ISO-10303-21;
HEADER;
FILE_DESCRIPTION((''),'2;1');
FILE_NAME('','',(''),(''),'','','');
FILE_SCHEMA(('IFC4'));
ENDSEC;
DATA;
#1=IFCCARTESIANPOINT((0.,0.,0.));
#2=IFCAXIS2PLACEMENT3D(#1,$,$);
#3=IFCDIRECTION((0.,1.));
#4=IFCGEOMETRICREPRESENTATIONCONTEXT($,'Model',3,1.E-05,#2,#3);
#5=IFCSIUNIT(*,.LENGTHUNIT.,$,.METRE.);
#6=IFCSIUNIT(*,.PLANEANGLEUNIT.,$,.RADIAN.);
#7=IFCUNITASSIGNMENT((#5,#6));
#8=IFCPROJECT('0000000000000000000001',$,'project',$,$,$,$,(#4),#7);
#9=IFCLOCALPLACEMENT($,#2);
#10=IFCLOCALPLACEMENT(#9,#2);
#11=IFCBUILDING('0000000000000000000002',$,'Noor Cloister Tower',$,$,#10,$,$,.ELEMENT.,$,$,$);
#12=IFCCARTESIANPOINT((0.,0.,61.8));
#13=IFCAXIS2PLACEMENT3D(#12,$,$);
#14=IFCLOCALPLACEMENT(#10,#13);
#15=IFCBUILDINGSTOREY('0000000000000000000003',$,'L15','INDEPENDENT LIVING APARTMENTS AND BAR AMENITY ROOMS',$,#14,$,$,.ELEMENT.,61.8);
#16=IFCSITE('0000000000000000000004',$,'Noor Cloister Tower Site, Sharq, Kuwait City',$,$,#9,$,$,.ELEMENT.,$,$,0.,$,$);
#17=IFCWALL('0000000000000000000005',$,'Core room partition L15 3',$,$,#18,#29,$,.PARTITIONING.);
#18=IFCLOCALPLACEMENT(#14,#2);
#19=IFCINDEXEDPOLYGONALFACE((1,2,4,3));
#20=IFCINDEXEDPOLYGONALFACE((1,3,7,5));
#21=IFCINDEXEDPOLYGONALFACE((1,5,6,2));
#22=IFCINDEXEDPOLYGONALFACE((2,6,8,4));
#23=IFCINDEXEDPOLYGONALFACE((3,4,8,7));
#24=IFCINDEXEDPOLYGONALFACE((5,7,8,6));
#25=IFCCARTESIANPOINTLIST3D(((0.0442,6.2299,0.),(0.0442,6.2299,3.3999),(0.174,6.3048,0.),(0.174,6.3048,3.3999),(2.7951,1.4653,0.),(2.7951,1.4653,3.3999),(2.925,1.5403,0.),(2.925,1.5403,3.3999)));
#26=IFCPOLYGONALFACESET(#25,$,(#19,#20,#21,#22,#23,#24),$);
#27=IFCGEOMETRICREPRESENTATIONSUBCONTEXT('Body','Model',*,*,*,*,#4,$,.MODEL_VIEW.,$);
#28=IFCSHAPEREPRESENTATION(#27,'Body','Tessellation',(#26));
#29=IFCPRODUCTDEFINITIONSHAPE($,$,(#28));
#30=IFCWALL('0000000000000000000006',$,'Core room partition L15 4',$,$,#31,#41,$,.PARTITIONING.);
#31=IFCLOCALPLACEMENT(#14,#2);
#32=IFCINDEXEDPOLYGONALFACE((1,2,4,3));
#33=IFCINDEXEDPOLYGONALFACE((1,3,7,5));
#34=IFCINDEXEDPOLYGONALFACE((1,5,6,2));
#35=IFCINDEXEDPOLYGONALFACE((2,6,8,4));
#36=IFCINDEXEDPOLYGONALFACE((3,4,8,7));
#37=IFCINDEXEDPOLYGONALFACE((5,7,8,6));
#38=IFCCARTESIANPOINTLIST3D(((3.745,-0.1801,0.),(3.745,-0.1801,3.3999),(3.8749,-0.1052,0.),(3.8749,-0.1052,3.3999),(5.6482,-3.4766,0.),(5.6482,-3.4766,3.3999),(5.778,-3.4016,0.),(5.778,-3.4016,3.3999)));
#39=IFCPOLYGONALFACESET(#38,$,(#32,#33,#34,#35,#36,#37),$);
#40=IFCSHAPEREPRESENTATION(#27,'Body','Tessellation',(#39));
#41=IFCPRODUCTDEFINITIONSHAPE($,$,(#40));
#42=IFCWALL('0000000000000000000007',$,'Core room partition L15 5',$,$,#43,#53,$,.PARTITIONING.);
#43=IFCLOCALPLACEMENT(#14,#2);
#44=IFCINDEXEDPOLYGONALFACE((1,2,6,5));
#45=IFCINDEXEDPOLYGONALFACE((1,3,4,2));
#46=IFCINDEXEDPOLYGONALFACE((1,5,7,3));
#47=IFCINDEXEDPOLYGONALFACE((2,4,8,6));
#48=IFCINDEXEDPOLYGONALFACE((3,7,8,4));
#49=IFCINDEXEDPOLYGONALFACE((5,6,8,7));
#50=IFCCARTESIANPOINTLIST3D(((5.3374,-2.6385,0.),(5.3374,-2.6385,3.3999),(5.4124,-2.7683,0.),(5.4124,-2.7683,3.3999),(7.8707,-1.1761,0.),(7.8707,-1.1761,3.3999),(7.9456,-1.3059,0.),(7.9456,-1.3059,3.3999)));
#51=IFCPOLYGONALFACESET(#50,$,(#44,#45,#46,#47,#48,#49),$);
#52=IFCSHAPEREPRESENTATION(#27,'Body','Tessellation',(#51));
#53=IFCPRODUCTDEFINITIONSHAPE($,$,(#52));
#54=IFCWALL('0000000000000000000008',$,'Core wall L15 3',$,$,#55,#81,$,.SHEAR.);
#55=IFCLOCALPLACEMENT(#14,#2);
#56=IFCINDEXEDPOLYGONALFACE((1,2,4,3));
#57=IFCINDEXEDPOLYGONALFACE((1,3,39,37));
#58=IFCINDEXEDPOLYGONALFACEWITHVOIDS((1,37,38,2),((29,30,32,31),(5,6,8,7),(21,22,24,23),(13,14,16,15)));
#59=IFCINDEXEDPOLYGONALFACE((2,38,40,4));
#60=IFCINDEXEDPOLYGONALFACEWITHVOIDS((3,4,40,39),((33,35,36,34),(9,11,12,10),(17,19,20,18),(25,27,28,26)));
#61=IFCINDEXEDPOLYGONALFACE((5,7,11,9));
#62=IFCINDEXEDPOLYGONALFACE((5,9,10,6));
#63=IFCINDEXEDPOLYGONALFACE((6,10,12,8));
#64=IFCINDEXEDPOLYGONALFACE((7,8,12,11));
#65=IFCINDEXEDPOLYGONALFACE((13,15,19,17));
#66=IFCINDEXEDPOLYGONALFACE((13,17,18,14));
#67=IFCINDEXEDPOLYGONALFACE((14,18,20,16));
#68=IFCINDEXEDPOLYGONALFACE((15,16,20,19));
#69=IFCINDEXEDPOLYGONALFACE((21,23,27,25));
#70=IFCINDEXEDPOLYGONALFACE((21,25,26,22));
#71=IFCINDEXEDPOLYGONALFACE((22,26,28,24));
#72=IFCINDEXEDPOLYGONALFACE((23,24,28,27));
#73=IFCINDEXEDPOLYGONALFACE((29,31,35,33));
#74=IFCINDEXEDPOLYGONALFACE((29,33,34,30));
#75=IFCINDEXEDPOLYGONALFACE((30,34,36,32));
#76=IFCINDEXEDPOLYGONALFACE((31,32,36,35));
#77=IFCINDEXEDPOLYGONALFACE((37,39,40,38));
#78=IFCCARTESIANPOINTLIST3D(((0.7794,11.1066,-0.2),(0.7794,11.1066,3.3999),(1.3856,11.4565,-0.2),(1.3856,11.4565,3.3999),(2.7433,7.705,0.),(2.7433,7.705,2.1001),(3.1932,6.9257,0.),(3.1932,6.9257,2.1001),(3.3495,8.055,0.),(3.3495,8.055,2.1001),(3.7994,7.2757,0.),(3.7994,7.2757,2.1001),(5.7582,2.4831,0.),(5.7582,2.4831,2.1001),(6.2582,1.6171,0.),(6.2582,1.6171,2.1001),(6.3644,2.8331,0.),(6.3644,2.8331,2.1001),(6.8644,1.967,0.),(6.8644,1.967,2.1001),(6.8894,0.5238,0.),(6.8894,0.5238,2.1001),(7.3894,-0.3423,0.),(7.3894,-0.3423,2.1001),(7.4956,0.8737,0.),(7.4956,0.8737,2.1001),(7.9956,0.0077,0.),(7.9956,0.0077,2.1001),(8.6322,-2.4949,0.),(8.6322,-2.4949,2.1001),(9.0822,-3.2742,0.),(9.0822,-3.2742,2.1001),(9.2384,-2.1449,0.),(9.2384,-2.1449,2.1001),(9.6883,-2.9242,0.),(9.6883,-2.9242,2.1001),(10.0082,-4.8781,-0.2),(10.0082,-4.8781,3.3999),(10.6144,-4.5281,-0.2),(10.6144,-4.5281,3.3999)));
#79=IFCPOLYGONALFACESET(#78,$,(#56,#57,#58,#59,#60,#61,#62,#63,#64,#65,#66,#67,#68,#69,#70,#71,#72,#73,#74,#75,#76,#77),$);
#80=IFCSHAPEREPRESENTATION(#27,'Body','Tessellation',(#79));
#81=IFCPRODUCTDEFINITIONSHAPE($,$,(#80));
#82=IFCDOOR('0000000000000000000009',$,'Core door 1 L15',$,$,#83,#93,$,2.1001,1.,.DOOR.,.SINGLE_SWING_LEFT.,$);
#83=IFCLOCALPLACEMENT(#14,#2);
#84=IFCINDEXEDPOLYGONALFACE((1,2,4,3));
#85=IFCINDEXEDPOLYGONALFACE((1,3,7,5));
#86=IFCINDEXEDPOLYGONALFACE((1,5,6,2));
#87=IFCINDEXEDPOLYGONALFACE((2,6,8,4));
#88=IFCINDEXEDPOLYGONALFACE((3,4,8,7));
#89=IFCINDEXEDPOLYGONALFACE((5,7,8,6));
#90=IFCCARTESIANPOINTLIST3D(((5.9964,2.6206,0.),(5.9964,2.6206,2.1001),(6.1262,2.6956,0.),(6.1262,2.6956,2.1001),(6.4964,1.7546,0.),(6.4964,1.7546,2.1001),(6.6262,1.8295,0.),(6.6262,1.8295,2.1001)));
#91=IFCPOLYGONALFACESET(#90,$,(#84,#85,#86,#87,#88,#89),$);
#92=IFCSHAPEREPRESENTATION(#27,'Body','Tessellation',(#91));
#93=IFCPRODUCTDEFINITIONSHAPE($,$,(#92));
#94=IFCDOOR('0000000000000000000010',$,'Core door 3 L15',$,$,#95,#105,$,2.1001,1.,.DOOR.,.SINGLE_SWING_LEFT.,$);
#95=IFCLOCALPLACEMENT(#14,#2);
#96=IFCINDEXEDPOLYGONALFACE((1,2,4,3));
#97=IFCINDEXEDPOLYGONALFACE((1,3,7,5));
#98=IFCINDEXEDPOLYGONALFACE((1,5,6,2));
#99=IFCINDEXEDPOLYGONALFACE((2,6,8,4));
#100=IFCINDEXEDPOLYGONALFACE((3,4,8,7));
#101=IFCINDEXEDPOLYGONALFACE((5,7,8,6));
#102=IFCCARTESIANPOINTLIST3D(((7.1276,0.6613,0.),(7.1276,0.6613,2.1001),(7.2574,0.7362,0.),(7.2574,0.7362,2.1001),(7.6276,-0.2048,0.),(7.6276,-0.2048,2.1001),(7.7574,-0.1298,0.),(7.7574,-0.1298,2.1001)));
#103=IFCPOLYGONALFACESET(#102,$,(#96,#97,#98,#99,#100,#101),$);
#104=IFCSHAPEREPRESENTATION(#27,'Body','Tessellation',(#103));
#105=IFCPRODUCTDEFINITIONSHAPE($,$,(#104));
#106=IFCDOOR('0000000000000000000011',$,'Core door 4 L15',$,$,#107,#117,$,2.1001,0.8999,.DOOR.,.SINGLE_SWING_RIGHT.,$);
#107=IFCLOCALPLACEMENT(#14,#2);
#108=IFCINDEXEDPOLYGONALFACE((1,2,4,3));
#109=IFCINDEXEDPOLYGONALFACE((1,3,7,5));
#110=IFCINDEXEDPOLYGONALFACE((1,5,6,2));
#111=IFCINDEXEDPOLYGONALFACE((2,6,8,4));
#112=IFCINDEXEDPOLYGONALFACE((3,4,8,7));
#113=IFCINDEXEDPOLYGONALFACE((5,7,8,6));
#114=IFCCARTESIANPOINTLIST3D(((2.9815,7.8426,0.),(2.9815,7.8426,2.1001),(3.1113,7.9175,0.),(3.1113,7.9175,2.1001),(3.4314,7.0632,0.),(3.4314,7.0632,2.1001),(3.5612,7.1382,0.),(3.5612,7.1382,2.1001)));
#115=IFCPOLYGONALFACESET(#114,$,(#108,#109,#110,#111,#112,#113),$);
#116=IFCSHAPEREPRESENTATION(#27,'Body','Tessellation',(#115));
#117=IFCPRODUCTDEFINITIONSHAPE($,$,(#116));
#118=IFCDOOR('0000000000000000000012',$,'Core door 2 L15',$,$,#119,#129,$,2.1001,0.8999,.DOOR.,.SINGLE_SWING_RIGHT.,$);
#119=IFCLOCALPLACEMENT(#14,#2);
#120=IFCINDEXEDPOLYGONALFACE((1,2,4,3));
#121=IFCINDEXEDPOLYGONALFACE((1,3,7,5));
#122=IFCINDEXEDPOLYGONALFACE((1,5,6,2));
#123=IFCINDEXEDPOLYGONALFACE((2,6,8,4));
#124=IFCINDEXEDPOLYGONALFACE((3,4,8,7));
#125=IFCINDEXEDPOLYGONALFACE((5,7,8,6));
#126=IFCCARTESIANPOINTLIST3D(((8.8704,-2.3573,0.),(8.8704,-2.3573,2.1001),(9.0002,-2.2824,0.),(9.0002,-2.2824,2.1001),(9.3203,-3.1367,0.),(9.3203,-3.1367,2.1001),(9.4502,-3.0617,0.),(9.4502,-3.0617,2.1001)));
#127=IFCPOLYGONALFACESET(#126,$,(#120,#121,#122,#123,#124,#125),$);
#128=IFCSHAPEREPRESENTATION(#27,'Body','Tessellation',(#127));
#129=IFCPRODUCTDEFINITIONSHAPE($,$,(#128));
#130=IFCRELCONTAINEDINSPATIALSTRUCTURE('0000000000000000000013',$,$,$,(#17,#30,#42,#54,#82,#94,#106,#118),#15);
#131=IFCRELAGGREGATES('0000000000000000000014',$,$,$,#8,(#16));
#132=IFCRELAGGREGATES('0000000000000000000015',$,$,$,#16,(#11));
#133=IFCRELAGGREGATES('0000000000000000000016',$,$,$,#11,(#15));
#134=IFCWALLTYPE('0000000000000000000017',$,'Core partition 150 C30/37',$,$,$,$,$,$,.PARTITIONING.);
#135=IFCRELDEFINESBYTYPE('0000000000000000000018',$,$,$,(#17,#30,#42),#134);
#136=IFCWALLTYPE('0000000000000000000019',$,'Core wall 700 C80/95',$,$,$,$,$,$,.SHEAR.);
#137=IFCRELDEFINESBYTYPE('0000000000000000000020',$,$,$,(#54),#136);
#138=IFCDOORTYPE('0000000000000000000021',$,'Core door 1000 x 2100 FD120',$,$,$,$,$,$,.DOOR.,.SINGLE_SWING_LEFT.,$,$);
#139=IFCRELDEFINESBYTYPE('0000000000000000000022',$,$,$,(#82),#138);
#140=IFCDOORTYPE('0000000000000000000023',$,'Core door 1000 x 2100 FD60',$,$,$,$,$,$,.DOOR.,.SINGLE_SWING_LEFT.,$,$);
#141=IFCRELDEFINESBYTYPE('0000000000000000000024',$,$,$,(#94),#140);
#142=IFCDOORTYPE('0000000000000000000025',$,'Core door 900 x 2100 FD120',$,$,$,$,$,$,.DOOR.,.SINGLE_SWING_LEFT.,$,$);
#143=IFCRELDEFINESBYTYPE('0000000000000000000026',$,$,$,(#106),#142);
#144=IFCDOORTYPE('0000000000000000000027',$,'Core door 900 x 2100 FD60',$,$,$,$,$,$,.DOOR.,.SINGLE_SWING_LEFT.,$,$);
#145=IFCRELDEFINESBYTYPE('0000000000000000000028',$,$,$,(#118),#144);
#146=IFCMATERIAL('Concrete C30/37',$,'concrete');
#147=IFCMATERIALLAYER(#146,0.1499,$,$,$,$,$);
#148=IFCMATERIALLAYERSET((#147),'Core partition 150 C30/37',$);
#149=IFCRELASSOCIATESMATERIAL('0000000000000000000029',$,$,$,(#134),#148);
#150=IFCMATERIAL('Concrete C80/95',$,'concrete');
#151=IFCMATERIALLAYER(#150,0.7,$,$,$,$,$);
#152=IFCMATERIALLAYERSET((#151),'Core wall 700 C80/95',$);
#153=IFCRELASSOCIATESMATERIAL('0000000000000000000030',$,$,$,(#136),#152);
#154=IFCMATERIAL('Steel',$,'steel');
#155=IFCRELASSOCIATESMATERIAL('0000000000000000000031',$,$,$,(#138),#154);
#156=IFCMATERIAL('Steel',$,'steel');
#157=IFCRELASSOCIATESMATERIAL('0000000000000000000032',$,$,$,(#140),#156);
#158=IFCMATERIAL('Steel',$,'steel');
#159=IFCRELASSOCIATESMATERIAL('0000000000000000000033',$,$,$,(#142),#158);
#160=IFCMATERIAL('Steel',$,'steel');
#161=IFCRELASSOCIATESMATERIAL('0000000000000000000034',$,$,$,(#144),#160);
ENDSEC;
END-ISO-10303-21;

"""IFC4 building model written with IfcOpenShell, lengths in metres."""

from ifc_helpers import new_model, si_unit, direction, frame, frame_2d, origin, place, context, subcontext, project, spatial, rectangle, extrude, material, layer, layer_set, type_object, element, fill, save


model = new_model("IFC4")

# Units and contexts
model_context = context("Model", 3, precision=1e-05, world=origin(), true_north=direction((0.0, 1.0)))
body_context = subcontext(model_context, "Body", "Model", "MODEL_VIEW")
ifc_project = project(units=[si_unit("LENGTHUNIT", "METRE"), si_unit("PLANEANGLEUNIT", "RADIAN")], contexts=[model_context])

# Site, building, storey
site_placement = place(None, origin())
site = spatial("IfcSite", under=ifc_project, at=site_placement, Name="Noor Cloister Tower Site, Sharq, Kuwait City", CompositionType="ELEMENT", RefElevation=0.0)
building_placement = place(site_placement, origin())
building = spatial("IfcBuilding", under=site, at=building_placement, Name="Noor Cloister Tower", CompositionType="ELEMENT")
storey_placement = place(building_placement, frame((0.0, 0.0, 61.8)))
storey = spatial("IfcBuildingStorey", under=building, at=storey_placement, Name="L15", Description="INDEPENDENT LIVING APARTMENTS AND BAR AMENITY ROOMS", CompositionType="ELEMENT", Elevation=61.8)

# Walls
ifc_material_1 = material(Name="Concrete C30/37", Category="concrete")
ifc_layer_1 = layer(ifc_material_1, 0.1499)
ifc_layer_set_1 = layer_set([ifc_layer_1], Name="Core partition 150 C30/37")
wall_type_1 = type_object("IfcWallType", Name="Core partition 150 C30/37", PredefinedType="PARTITIONING", material=ifc_layer_set_1)
wall_1_placement = place(storey_placement, frame((2.8601, 1.5027, 0.0), z_axis=(0.0, 0.0, 1.0), x_axis=(-0.500014, 0.866017, 0.0)))
element("IfcWall", 1, at=wall_1_placement, inside=storey, type_object=wall_type_1, Name="Core room partition L15 3", PredefinedType="PARTITIONING", context=body_context, shape_type="SweptSolid", body=[
    extrude(rectangle(XDim=5.5017, YDim=0.1499, at=frame_2d((2.751, 0.0))), origin(), (0.0, 0.0, 1.0), 3.3999),
])
wall_2_placement = place(storey_placement, frame((5.7131, -3.4392, 0.0), z_axis=(0.0, 0.0, 1.0), x_axis=(-0.499982, 0.866036, 0.0)))
element("IfcWall", 2, at=wall_2_placement, inside=storey, type_object=wall_type_1, Name="Core room partition L15 4", PredefinedType="PARTITIONING", context=body_context, shape_type="SweptSolid", body=[
    extrude(rectangle(XDim=3.8064, YDim=0.1499, at=frame_2d((1.9033, 0.0))), origin(), (0.0, 0.0, 1.0), 3.3999),
])
wall_3_placement = place(storey_placement, frame((5.375, -2.7034, 0.0), z_axis=(0.0, 0.0, 1.0), x_axis=(0.866047, 0.499963, 0.0)))
element("IfcWall", 3, at=wall_3_placement, inside=storey, type_object=wall_type_1, Name="Core room partition L15 5", PredefinedType="PARTITIONING", context=body_context, shape_type="SweptSolid", body=[
    extrude(rectangle(XDim=2.925, YDim=0.1499, at=frame_2d((1.4624, 0.0))), origin(), (0.0, 0.0, 1.0), 3.3999),
])

# Wall, openings, doors
ifc_material_2 = material(Name="Concrete C80/95", Category="concrete")
ifc_layer_2 = layer(ifc_material_2, 0.7)
ifc_layer_set_2 = layer_set([ifc_layer_2], Name="Core wall 700 C80/95")
wall_type_2 = type_object("IfcWallType", Name="Core wall 700 C80/95", PredefinedType="SHEAR", material=ifc_layer_set_2)
wall_4_placement = place(storey_placement, frame((10.3113, -4.7031, -0.2), z_axis=(0.0, 0.0, 1.0), x_axis=(-0.500001, 0.866025, 0.0)))
wall_4 = element("IfcWall", 4, at=wall_4_placement, inside=storey, type_object=wall_type_2, Name="Core wall L15 3", PredefinedType="SHEAR", context=body_context, shape_type="SweptSolid", body=[
    extrude(rectangle(XDim=18.4575, YDim=0.7, at=frame_2d((9.2288, 0.0))), origin(), (0.0, 0.0, 1.0), 3.5999),
])
opening_1_placement = place(wall_4_placement, frame((7.5, 0.0, 0.2)))
opening_1 = element("IfcOpeningElement", 5, at=opening_1_placement, cuts=wall_4, PredefinedType="OPENING", context=body_context, shape_type="SweptSolid", body=[
    extrude(rectangle(XDim=1.0, YDim=2.1001, at=frame_2d((0.5, 1.05))), frame((0.0, 0.3599, 0.0), z_axis=(0.0, -1.0, 0.0), x_axis=(1.0, 0.0, 0.0)), (0.0, 0.0, 1.0), 0.72),
])
opening_2_placement = place(wall_4_placement, frame((1.8521, 0.0, 0.2)))
opening_2 = element("IfcOpeningElement", 6, at=opening_2_placement, cuts=wall_4, PredefinedType="OPENING", context=body_context, shape_type="SweptSolid", body=[
    extrude(rectangle(XDim=0.8999, YDim=2.1001, at=frame_2d((0.45, 1.05))), frame((0.0, 0.3599, 0.0), z_axis=(0.0, -1.0, 0.0), x_axis=(1.0, 0.0, 0.0)), (0.0, 0.0, 1.0), 0.72),
])
opening_3_placement = place(wall_4_placement, frame((5.2375, 0.0, 0.2)))
opening_3 = element("IfcOpeningElement", 7, at=opening_3_placement, cuts=wall_4, PredefinedType="OPENING", context=body_context, shape_type="SweptSolid", body=[
    extrude(rectangle(XDim=1.0, YDim=2.1001, at=frame_2d((0.5, 1.05))), frame((0.0, 0.3599, 0.0), z_axis=(0.0, -1.0, 0.0), x_axis=(1.0, 0.0, 0.0)), (0.0, 0.0, 1.0), 0.72),
])
opening_4_placement = place(wall_4_placement, frame((13.6299, 0.0, 0.2)))
opening_4 = element("IfcOpeningElement", 8, at=opening_4_placement, cuts=wall_4, PredefinedType="OPENING", context=body_context, shape_type="SweptSolid", body=[
    extrude(rectangle(XDim=0.8999, YDim=2.1001, at=frame_2d((0.45, 1.05))), frame((0.0, 0.3599, 0.0), z_axis=(0.0, -1.0, 0.0), x_axis=(1.0, 0.0, 0.0)), (0.0, 0.0, 1.0), 0.72),
])
ifc_material_3 = material(Name="Steel", Category="steel")
door_type_1 = type_object("IfcDoorType", Name="Core door 1000 x 2100 FD120", OperationType="SINGLE_SWING_LEFT", PredefinedType="DOOR", material=ifc_material_3)
door_1_placement = place(opening_1_placement, origin())
door_1 = element("IfcDoor", 9, at=door_1_placement, inside=storey, type_object=door_type_1, Name="Core door 1 L15", OperationType="SINGLE_SWING_LEFT", OverallHeight=2.1001, OverallWidth=1.0, PredefinedType="DOOR", context=body_context, shape_type="SweptSolid", body=[
    extrude(rectangle(XDim=1.0, YDim=2.1001, at=frame_2d((0.5, 1.05))), frame((0.0, 0.075, 0.0), z_axis=(0.0, -1.0, 0.0), x_axis=(1.0, 0.0, 0.0)), (0.0, 0.0, 1.0), 0.1499),
])
fill(opening_1, door_1)
ifc_material_4 = material(Name="Steel", Category="steel")
door_type_2 = type_object("IfcDoorType", Name="Core door 1000 x 2100 FD60", OperationType="SINGLE_SWING_LEFT", PredefinedType="DOOR", material=ifc_material_4)
door_2_placement = place(opening_3_placement, origin())
door_2 = element("IfcDoor", 10, at=door_2_placement, inside=storey, type_object=door_type_2, Name="Core door 3 L15", OperationType="SINGLE_SWING_LEFT", OverallHeight=2.1001, OverallWidth=1.0, PredefinedType="DOOR", context=body_context, shape_type="SweptSolid", body=[
    extrude(rectangle(XDim=1.0, YDim=2.1001, at=frame_2d((0.5, 1.05))), frame((0.0, 0.075, 0.0), z_axis=(0.0, -1.0, 0.0), x_axis=(1.0, 0.0, 0.0)), (0.0, 0.0, 1.0), 0.1499),
])
fill(opening_3, door_2)
ifc_material_5 = material(Name="Steel", Category="steel")
door_type_3 = type_object("IfcDoorType", Name="Core door 900 x 2100 FD120", OperationType="SINGLE_SWING_LEFT", PredefinedType="DOOR", material=ifc_material_5)
door_3_placement = place(opening_4_placement, origin())
door_3 = element("IfcDoor", 11, at=door_3_placement, inside=storey, type_object=door_type_3, Name="Core door 4 L15", OperationType="SINGLE_SWING_RIGHT", OverallHeight=2.1001, OverallWidth=0.8999, PredefinedType="DOOR", context=body_context, shape_type="SweptSolid", body=[
    extrude(rectangle(XDim=0.8999, YDim=2.1001, at=frame_2d((0.45, 1.05))), frame((0.0, 0.075, 0.0), z_axis=(0.0, -1.0, 0.0), x_axis=(1.0, 0.0, 0.0)), (0.0, 0.0, 1.0), 0.1499),
])
fill(opening_4, door_3)
ifc_material_6 = material(Name="Steel", Category="steel")
door_type_4 = type_object("IfcDoorType", Name="Core door 900 x 2100 FD60", OperationType="SINGLE_SWING_LEFT", PredefinedType="DOOR", material=ifc_material_6)
door_4_placement = place(opening_2_placement, origin())
door_4 = element("IfcDoor", 12, at=door_4_placement, inside=storey, type_object=door_type_4, Name="Core door 2 L15", OperationType="SINGLE_SWING_RIGHT", OverallHeight=2.1001, OverallWidth=0.8999, PredefinedType="DOOR", context=body_context, shape_type="SweptSolid", body=[
    extrude(rectangle(XDim=0.8999, YDim=2.1001, at=frame_2d((0.45, 1.05))), frame((0.0, 0.075, 0.0), z_axis=(0.0, -1.0, 0.0), x_axis=(1.0, 0.0, 0.0)), (0.0, 0.0, 1.0), 0.1499),
])
fill(opening_2, door_4)

save(model, "model.ifc")
